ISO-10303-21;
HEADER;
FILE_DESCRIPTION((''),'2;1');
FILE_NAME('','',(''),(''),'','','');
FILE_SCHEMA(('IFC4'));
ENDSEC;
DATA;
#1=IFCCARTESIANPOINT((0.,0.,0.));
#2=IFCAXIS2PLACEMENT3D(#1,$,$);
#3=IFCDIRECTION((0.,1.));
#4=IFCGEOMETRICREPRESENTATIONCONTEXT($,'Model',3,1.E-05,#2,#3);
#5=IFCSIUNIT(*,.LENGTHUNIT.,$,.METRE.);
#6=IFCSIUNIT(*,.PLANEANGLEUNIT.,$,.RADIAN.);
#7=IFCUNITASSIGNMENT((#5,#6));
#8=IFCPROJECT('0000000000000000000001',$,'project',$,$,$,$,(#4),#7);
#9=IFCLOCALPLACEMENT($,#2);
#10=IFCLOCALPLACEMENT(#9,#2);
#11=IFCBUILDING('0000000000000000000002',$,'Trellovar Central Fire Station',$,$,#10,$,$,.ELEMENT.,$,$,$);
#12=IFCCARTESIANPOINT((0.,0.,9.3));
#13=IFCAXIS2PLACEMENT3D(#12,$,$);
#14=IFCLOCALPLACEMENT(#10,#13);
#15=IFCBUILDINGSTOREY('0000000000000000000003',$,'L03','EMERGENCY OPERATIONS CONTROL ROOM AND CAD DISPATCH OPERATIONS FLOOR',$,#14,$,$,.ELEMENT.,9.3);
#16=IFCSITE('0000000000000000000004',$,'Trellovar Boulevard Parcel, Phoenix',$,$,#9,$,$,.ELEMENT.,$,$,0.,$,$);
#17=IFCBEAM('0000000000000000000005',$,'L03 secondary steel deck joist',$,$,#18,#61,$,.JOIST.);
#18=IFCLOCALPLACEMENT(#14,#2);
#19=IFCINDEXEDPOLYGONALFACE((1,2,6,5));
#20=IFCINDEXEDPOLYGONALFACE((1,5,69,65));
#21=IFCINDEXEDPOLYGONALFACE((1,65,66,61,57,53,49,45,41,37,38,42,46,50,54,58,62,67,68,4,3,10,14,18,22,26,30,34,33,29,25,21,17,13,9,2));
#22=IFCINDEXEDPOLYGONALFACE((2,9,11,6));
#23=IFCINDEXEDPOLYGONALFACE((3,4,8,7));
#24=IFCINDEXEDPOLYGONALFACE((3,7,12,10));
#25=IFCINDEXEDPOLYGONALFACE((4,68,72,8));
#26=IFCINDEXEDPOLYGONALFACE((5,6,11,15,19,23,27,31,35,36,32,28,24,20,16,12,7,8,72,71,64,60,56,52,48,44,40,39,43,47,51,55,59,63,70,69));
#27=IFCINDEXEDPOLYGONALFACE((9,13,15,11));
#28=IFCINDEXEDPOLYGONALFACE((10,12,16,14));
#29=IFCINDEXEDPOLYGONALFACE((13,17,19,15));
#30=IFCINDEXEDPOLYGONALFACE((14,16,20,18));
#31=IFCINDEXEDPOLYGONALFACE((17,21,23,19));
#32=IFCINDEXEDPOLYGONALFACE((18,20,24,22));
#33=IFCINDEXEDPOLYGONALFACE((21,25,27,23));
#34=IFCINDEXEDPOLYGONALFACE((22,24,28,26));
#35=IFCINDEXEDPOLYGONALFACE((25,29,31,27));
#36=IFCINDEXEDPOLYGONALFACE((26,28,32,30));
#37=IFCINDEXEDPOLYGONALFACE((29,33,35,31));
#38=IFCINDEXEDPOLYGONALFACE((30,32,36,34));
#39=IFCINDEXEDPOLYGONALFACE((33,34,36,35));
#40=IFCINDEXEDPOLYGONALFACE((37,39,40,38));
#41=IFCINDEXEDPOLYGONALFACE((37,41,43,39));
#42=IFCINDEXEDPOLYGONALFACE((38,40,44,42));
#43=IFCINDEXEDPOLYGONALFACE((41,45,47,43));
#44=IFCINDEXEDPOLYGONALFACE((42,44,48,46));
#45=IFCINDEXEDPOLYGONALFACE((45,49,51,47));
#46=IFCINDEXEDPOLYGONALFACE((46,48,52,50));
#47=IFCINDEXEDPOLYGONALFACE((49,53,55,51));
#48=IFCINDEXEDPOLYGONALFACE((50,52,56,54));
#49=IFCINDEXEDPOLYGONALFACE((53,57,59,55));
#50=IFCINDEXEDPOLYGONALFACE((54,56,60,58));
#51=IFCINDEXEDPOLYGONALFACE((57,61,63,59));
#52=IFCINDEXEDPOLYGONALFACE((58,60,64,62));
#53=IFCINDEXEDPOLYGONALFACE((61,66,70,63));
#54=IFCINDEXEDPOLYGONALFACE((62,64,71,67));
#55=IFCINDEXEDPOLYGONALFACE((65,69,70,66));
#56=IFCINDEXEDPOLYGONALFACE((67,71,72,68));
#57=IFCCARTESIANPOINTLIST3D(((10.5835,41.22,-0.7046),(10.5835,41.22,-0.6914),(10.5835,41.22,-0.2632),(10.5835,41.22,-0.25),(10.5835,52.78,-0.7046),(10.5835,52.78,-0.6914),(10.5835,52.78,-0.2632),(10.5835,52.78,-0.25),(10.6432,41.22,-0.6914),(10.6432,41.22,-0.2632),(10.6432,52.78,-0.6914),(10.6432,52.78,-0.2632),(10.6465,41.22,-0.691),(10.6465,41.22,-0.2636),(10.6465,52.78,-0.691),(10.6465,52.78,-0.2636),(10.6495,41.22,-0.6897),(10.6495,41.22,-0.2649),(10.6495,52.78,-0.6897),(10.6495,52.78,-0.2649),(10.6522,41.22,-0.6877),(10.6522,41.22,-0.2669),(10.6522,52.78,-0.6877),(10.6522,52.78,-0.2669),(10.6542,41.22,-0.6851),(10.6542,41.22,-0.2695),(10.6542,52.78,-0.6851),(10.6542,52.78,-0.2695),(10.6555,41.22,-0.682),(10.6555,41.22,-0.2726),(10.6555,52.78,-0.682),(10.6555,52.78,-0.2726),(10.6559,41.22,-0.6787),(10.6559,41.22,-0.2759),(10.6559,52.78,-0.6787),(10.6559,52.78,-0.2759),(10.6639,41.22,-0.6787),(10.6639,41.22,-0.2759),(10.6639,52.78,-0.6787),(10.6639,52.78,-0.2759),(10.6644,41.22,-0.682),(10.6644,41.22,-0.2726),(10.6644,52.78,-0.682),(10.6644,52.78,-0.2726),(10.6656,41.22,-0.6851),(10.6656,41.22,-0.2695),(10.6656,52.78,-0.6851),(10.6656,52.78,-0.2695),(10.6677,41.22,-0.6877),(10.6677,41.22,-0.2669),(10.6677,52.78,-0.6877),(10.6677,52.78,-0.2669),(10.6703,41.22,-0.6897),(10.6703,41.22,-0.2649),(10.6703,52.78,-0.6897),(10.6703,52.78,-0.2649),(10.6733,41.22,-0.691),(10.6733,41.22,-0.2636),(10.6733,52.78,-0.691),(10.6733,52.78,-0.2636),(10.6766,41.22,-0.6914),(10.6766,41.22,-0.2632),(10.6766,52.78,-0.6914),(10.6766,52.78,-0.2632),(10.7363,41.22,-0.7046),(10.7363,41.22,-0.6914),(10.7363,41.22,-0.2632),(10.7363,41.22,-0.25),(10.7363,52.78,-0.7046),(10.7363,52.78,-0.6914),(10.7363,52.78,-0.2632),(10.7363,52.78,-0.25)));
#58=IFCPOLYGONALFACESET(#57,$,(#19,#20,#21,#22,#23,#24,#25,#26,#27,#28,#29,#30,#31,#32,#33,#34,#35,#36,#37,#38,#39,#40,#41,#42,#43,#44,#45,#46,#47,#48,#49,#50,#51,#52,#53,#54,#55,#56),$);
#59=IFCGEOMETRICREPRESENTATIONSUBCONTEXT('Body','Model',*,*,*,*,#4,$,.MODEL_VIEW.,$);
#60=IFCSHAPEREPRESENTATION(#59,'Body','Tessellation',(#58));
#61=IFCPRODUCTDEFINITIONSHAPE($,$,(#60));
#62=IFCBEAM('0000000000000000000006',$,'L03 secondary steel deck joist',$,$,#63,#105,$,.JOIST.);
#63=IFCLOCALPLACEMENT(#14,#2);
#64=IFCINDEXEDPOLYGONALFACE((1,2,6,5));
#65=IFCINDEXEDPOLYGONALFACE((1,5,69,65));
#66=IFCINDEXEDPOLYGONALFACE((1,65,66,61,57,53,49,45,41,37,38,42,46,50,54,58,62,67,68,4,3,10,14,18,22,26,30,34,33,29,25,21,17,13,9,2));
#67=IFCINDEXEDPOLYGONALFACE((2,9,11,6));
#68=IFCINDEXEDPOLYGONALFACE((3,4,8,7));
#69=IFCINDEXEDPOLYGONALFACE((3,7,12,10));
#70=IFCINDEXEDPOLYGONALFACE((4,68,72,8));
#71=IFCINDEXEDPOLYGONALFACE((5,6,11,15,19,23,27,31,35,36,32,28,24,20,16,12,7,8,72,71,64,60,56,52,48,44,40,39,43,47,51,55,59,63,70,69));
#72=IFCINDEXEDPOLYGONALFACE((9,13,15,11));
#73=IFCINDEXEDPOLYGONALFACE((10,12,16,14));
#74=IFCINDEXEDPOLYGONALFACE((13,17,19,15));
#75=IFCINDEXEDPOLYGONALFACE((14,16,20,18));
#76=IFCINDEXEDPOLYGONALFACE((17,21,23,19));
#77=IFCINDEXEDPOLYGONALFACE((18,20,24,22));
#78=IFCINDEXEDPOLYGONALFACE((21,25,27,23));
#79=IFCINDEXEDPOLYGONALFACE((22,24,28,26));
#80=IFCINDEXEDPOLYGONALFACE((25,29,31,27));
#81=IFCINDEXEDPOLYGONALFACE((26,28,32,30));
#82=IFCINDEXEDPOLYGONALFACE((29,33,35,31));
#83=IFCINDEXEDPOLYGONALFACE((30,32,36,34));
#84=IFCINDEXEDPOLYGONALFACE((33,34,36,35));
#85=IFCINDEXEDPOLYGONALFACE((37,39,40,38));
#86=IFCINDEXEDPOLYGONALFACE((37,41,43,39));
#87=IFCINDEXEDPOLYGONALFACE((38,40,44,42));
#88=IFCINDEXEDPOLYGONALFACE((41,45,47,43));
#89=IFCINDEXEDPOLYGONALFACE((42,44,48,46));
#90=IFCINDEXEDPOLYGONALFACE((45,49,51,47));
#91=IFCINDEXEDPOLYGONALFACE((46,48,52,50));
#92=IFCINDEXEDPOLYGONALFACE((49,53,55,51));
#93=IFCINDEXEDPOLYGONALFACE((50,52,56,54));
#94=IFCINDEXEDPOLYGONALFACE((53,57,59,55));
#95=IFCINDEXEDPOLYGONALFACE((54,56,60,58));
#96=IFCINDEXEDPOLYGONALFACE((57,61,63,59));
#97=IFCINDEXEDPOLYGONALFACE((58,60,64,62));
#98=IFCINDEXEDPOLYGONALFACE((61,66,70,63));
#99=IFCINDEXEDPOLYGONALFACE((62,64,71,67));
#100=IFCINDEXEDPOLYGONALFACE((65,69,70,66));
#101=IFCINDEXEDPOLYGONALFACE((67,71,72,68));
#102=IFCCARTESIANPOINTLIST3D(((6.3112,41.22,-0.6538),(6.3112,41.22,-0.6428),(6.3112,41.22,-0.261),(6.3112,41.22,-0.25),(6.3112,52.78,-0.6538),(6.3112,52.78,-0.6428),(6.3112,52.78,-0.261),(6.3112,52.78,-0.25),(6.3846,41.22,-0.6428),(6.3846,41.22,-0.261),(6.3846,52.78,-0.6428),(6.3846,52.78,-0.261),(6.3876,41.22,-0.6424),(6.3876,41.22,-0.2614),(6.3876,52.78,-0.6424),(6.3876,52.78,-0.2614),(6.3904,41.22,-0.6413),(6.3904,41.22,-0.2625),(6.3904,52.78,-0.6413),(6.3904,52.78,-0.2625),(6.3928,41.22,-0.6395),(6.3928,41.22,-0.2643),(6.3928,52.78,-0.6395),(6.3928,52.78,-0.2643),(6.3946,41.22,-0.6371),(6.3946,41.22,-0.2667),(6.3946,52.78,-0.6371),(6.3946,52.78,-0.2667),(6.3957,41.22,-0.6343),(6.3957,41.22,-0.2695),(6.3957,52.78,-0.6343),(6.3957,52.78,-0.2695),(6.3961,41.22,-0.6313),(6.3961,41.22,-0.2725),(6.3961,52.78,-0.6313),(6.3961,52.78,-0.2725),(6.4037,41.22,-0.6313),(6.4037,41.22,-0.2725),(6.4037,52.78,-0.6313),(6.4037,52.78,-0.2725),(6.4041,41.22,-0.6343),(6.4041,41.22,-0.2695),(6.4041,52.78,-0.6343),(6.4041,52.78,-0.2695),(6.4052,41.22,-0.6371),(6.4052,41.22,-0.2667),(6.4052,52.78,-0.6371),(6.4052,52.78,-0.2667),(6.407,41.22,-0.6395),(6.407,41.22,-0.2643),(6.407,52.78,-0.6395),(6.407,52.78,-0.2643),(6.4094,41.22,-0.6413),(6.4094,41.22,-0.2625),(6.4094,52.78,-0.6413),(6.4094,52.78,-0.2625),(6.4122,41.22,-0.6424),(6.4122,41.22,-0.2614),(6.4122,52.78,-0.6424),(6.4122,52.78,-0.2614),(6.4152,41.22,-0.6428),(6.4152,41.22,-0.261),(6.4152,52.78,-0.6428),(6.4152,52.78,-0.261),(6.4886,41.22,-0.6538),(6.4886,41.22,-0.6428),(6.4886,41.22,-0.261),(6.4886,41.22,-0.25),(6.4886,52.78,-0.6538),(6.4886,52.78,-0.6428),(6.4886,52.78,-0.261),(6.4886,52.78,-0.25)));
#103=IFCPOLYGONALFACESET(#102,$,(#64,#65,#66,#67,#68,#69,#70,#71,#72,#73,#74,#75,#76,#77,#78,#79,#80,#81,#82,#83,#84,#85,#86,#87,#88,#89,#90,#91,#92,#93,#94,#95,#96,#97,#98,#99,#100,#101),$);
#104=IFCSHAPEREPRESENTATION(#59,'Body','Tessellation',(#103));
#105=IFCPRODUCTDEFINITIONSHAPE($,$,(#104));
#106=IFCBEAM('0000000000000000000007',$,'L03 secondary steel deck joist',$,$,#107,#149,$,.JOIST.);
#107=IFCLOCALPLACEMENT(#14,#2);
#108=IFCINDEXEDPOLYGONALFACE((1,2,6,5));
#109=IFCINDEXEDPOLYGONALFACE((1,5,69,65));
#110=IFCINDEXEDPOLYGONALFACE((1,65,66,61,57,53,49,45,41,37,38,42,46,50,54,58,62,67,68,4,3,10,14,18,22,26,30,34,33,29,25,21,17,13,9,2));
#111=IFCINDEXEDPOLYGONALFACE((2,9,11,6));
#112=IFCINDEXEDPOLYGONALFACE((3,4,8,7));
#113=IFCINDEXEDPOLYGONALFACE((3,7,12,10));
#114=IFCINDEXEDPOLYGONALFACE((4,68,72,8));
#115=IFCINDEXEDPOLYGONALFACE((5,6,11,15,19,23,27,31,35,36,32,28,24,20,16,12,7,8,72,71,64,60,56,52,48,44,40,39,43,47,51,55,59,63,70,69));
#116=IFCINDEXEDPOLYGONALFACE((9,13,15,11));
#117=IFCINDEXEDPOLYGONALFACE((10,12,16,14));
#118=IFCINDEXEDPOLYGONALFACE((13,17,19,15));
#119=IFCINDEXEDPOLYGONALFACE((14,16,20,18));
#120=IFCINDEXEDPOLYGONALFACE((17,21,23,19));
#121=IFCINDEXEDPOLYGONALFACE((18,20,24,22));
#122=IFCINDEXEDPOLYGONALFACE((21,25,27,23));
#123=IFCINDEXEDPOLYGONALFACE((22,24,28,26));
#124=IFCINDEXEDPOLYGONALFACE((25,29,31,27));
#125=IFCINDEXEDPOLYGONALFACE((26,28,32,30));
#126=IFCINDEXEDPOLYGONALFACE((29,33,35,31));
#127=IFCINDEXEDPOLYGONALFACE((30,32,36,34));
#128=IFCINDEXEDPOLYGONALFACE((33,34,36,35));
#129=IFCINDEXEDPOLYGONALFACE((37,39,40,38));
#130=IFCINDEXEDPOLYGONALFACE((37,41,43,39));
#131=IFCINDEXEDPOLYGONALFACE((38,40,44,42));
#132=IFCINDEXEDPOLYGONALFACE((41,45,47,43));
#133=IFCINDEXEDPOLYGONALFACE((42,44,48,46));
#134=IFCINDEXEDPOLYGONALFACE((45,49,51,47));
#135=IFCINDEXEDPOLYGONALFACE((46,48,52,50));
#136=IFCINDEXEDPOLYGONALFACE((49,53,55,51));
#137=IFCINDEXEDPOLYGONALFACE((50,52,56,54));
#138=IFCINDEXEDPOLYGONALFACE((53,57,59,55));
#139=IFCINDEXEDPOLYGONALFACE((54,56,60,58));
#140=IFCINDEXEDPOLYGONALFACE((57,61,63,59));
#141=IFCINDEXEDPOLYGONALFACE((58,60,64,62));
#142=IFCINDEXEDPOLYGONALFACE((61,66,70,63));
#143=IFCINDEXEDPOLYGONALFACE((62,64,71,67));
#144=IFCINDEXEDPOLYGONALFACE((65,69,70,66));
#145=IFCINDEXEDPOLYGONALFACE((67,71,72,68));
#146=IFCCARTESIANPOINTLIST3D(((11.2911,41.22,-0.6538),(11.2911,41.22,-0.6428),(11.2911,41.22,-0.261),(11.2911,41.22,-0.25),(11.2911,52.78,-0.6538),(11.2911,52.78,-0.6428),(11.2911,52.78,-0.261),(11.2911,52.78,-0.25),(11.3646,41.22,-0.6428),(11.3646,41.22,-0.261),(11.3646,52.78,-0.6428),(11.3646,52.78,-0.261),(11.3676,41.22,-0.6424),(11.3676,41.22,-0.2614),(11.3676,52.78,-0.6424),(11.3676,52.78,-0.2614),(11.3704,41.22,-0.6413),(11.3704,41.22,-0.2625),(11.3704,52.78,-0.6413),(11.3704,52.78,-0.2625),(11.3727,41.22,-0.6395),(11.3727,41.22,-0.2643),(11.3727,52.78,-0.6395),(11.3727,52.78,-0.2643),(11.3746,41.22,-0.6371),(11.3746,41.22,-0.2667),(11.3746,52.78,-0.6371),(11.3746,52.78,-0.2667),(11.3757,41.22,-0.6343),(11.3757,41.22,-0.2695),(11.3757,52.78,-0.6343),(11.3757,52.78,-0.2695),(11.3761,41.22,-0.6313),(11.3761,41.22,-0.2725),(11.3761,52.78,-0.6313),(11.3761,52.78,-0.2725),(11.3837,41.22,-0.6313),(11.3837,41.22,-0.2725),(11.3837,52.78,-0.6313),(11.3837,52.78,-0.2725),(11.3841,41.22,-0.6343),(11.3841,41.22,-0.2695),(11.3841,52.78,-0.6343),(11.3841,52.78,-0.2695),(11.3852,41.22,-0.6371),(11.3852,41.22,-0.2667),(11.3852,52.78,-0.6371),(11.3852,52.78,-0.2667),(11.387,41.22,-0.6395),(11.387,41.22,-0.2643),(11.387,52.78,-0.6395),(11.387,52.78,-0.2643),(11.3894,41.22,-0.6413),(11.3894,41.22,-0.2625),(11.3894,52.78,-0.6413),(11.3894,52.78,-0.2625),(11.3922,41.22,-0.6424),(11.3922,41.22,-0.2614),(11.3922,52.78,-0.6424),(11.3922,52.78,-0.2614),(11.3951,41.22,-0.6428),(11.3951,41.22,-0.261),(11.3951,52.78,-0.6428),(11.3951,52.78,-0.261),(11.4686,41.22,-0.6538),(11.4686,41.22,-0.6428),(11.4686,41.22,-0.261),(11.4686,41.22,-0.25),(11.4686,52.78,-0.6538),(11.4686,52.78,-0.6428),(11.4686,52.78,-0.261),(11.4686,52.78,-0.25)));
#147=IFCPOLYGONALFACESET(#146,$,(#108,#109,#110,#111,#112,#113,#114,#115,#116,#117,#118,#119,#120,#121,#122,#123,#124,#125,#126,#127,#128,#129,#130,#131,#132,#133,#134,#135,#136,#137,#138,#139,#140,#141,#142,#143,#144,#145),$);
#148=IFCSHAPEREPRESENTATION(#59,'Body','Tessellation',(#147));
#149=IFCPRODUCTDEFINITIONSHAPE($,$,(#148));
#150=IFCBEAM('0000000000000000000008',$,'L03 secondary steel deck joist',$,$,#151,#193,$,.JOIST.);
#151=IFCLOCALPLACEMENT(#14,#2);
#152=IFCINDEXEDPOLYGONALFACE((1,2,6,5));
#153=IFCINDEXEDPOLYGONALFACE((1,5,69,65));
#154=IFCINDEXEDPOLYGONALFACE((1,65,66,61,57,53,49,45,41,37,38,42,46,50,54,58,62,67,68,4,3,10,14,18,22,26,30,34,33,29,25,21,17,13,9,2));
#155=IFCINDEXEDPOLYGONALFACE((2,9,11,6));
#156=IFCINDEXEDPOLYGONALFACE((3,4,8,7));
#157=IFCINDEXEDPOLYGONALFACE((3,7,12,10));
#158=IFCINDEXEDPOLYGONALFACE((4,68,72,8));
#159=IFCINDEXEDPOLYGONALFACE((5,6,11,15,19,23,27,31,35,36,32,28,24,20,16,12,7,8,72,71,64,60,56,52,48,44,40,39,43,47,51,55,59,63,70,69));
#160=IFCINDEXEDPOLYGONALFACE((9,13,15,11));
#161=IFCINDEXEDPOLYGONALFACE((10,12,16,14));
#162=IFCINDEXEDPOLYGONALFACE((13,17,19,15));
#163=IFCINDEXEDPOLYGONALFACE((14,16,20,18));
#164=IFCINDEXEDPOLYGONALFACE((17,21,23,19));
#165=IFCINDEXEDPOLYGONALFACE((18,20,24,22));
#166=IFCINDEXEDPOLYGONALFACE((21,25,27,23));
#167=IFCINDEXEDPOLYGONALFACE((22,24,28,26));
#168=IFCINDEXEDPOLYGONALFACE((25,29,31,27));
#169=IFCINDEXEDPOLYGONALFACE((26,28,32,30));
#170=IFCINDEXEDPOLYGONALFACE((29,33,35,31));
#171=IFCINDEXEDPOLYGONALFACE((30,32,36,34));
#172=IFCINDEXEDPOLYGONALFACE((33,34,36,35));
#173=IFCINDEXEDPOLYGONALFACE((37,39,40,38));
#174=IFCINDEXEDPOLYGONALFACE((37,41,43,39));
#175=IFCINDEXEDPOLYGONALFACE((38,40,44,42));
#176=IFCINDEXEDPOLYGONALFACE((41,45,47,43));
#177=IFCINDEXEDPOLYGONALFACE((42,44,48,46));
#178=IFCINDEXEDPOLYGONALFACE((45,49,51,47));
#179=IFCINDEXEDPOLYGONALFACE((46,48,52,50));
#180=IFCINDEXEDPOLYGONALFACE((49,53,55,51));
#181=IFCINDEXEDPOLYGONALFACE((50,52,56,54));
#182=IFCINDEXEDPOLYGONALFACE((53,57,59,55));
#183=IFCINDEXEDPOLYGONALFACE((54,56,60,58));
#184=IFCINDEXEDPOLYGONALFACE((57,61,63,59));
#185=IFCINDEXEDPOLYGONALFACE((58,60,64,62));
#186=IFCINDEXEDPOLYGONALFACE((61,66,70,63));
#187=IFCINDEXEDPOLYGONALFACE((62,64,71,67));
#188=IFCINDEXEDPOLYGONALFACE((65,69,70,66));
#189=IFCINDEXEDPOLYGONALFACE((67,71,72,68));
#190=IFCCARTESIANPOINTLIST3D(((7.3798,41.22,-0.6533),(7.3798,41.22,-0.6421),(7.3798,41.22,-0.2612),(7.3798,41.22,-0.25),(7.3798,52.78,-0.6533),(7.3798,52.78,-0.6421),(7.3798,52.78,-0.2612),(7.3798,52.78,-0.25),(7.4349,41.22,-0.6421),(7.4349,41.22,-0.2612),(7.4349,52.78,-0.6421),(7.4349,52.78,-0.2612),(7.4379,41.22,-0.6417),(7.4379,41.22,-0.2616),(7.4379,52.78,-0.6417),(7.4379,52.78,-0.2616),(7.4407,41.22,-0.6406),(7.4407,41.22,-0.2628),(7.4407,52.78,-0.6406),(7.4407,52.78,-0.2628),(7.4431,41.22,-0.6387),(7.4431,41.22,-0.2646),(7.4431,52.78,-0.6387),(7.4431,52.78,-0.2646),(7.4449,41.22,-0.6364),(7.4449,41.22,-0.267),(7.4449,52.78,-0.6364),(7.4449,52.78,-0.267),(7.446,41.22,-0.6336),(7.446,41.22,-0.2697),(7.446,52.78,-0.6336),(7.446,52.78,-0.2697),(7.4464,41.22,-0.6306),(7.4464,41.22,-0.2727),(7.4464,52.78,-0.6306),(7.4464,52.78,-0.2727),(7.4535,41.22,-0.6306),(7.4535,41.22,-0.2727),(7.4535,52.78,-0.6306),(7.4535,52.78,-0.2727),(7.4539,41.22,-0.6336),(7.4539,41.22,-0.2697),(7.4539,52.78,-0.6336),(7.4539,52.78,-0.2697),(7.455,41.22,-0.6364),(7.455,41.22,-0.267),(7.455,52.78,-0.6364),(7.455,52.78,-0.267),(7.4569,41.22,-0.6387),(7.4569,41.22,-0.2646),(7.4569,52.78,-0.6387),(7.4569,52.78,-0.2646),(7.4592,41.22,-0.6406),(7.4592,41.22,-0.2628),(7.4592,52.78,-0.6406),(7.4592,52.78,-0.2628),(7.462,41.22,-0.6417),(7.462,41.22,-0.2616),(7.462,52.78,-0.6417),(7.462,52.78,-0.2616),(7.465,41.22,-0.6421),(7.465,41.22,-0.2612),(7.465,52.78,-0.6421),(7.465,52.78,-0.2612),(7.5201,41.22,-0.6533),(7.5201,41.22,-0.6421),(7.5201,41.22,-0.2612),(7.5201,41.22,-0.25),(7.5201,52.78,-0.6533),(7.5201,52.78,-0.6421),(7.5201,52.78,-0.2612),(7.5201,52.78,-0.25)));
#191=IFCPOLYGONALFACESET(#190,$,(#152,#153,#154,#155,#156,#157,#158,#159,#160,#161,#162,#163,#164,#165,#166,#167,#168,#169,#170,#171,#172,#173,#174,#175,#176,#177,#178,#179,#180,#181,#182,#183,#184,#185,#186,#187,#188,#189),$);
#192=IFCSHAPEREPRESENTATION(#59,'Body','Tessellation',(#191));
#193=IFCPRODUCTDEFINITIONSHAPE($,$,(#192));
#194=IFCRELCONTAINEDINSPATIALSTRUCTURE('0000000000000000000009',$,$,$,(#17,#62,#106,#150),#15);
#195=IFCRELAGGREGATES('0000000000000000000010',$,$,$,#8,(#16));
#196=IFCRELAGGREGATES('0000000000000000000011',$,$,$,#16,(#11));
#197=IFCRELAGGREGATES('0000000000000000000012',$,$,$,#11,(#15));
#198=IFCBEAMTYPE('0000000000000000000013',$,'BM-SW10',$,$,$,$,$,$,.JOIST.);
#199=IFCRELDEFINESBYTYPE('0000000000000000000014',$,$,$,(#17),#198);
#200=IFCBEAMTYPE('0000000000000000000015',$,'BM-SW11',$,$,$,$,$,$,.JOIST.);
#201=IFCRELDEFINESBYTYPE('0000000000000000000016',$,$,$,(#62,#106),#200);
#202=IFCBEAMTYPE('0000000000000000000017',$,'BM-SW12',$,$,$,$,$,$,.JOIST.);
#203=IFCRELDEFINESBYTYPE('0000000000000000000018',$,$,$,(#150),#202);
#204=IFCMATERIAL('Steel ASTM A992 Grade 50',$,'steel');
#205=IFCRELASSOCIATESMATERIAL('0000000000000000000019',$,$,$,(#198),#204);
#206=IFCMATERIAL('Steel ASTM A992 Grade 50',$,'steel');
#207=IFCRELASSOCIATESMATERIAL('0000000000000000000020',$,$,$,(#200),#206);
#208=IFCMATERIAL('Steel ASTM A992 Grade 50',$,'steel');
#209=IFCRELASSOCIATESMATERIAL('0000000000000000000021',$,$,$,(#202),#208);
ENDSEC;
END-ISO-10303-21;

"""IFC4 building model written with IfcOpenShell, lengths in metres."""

from ifc_helpers import new_model, si_unit, direction, frame, origin, origin_2d, place, context, subcontext, project, spatial, i_section, extrude, material, material_profile, profile_set, type_object, element, save


model = new_model("IFC4")

# Units and contexts
model_context = context("Model", 3, precision=1e-05, world=origin(), true_north=direction((0.0, 1.0)))
body_context = subcontext(model_context, "Body", "Model", "MODEL_VIEW")
ifc_project = project(units=[si_unit("LENGTHUNIT", "METRE"), si_unit("PLANEANGLEUNIT", "RADIAN")], contexts=[model_context])

# Site, building, storey
site_placement = place(None, origin())
site = spatial("IfcSite", under=ifc_project, at=site_placement, Name="Trellovar Boulevard Parcel, Phoenix", CompositionType="ELEMENT", RefElevation=0.0)
building_placement = place(site_placement, origin())
building = spatial("IfcBuilding", under=site, at=building_placement, Name="Trellovar Central Fire Station", CompositionType="ELEMENT")
storey_placement = place(building_placement, frame((0.0, 0.0, 9.3)))
storey = spatial("IfcBuildingStorey", under=building, at=storey_placement, Name="L03", Description="EMERGENCY OPERATIONS CONTROL ROOM AND CAD DISPATCH OPERATIONS FLOOR", CompositionType="ELEMENT", Elevation=9.3)

# Beams
ifc_material_1 = material(Name="Steel ASTM A992 Grade 50", Category="steel")
ifc_material_profile_1 = material_profile(ifc_material_1, i_section(OverallWidth=0.1528, OverallDepth=0.4546, WebThickness=0.0081, FlangeThickness=0.0132, FilletRadius=0.0127, at=origin_2d()), Name="W18X40")
ifc_profile_set_1 = profile_set([ifc_material_profile_1], Name="Steel ASTM A992 Grade 50")
beam_type_1 = type_object("IfcBeamType", Name="BM-SW10", PredefinedType="JOIST", material=ifc_profile_set_1)
for number, where, z_axis, x_axis, name in (
    (1, (10.6599, 41.22, -0.4773), (0.0, 1.0, 0.0), (-1.0, 0.0, 0.0), "L03 secondary steel deck joist"),
):
    element("IfcBeam", number, at=place(storey_placement, frame(where, z_axis=z_axis, x_axis=x_axis)), inside=storey, type_object=beam_type_1, Name=name, PredefinedType="JOIST", context=body_context, shape_type="SweptSolid", body=[
        extrude(i_section(OverallWidth=0.1528, OverallDepth=0.4546, WebThickness=0.0081, FlangeThickness=0.0132, FilletRadius=0.0127, at=origin_2d()), origin(), (0.0, 0.0, 1.0), 11.5601),
    ])
ifc_material_2 = material(Name="Steel ASTM A992 Grade 50", Category="steel")
ifc_material_profile_2 = material_profile(ifc_material_2, i_section(OverallWidth=0.1775, OverallDepth=0.4038, WebThickness=0.0076, FlangeThickness=0.011, FilletRadius=0.0115, at=origin_2d()), Name="W16X36")
ifc_profile_set_2 = profile_set([ifc_material_profile_2], Name="Steel ASTM A992 Grade 50")
beam_type_2 = type_object("IfcBeamType", Name="BM-SW11", PredefinedType="JOIST", material=ifc_profile_set_2)
for number, where, z_axis, x_axis, name in (
    (2, (6.3999, 41.22, -0.4519), (0.0, 1.0, 0.0), (-1.0, 0.0, 0.0), "L03 secondary steel deck joist"),
    (3, (11.3799, 41.22, -0.4519), (0.0, 1.0, 0.0), (-1.0, 0.0, 0.0), "L03 secondary steel deck joist"),
):
    element("IfcBeam", number, at=place(storey_placement, frame(where, z_axis=z_axis, x_axis=x_axis)), inside=storey, type_object=beam_type_2, Name=name, PredefinedType="JOIST", context=body_context, shape_type="SweptSolid", body=[
        extrude(i_section(OverallWidth=0.1775, OverallDepth=0.4038, WebThickness=0.0076, FlangeThickness=0.011, FilletRadius=0.0115, at=origin_2d()), origin(), (0.0, 0.0, 1.0), 11.5601),
    ])
ifc_material_3 = material(Name="Steel ASTM A992 Grade 50", Category="steel")
ifc_material_profile_3 = material_profile(ifc_material_3, i_section(OverallWidth=0.1404, OverallDepth=0.4033, WebThickness=0.0071, FlangeThickness=0.0112, FilletRadius=0.0115, at=origin_2d()), Name="W16X31")
ifc_profile_set_3 = profile_set([ifc_material_profile_3], Name="Steel ASTM A992 Grade 50")
beam_type_3 = type_object("IfcBeamType", Name="BM-SW12", PredefinedType="JOIST", material=ifc_profile_set_3)
for number, where, z_axis, x_axis, name in (
    (4, (7.45, 41.22, -0.4517), (0.0, 1.0, 0.0), (-1.0, 0.0, 0.0), "L03 secondary steel deck joist"),
):
    element("IfcBeam", number, at=place(storey_placement, frame(where, z_axis=z_axis, x_axis=x_axis)), inside=storey, type_object=beam_type_3, Name=name, PredefinedType="JOIST", context=body_context, shape_type="SweptSolid", body=[
        extrude(i_section(OverallWidth=0.1404, OverallDepth=0.4033, WebThickness=0.0071, FlangeThickness=0.0112, FilletRadius=0.0115, at=origin_2d()), origin(), (0.0, 0.0, 1.0), 11.5601),
    ])

save(model, "model.ifc")
